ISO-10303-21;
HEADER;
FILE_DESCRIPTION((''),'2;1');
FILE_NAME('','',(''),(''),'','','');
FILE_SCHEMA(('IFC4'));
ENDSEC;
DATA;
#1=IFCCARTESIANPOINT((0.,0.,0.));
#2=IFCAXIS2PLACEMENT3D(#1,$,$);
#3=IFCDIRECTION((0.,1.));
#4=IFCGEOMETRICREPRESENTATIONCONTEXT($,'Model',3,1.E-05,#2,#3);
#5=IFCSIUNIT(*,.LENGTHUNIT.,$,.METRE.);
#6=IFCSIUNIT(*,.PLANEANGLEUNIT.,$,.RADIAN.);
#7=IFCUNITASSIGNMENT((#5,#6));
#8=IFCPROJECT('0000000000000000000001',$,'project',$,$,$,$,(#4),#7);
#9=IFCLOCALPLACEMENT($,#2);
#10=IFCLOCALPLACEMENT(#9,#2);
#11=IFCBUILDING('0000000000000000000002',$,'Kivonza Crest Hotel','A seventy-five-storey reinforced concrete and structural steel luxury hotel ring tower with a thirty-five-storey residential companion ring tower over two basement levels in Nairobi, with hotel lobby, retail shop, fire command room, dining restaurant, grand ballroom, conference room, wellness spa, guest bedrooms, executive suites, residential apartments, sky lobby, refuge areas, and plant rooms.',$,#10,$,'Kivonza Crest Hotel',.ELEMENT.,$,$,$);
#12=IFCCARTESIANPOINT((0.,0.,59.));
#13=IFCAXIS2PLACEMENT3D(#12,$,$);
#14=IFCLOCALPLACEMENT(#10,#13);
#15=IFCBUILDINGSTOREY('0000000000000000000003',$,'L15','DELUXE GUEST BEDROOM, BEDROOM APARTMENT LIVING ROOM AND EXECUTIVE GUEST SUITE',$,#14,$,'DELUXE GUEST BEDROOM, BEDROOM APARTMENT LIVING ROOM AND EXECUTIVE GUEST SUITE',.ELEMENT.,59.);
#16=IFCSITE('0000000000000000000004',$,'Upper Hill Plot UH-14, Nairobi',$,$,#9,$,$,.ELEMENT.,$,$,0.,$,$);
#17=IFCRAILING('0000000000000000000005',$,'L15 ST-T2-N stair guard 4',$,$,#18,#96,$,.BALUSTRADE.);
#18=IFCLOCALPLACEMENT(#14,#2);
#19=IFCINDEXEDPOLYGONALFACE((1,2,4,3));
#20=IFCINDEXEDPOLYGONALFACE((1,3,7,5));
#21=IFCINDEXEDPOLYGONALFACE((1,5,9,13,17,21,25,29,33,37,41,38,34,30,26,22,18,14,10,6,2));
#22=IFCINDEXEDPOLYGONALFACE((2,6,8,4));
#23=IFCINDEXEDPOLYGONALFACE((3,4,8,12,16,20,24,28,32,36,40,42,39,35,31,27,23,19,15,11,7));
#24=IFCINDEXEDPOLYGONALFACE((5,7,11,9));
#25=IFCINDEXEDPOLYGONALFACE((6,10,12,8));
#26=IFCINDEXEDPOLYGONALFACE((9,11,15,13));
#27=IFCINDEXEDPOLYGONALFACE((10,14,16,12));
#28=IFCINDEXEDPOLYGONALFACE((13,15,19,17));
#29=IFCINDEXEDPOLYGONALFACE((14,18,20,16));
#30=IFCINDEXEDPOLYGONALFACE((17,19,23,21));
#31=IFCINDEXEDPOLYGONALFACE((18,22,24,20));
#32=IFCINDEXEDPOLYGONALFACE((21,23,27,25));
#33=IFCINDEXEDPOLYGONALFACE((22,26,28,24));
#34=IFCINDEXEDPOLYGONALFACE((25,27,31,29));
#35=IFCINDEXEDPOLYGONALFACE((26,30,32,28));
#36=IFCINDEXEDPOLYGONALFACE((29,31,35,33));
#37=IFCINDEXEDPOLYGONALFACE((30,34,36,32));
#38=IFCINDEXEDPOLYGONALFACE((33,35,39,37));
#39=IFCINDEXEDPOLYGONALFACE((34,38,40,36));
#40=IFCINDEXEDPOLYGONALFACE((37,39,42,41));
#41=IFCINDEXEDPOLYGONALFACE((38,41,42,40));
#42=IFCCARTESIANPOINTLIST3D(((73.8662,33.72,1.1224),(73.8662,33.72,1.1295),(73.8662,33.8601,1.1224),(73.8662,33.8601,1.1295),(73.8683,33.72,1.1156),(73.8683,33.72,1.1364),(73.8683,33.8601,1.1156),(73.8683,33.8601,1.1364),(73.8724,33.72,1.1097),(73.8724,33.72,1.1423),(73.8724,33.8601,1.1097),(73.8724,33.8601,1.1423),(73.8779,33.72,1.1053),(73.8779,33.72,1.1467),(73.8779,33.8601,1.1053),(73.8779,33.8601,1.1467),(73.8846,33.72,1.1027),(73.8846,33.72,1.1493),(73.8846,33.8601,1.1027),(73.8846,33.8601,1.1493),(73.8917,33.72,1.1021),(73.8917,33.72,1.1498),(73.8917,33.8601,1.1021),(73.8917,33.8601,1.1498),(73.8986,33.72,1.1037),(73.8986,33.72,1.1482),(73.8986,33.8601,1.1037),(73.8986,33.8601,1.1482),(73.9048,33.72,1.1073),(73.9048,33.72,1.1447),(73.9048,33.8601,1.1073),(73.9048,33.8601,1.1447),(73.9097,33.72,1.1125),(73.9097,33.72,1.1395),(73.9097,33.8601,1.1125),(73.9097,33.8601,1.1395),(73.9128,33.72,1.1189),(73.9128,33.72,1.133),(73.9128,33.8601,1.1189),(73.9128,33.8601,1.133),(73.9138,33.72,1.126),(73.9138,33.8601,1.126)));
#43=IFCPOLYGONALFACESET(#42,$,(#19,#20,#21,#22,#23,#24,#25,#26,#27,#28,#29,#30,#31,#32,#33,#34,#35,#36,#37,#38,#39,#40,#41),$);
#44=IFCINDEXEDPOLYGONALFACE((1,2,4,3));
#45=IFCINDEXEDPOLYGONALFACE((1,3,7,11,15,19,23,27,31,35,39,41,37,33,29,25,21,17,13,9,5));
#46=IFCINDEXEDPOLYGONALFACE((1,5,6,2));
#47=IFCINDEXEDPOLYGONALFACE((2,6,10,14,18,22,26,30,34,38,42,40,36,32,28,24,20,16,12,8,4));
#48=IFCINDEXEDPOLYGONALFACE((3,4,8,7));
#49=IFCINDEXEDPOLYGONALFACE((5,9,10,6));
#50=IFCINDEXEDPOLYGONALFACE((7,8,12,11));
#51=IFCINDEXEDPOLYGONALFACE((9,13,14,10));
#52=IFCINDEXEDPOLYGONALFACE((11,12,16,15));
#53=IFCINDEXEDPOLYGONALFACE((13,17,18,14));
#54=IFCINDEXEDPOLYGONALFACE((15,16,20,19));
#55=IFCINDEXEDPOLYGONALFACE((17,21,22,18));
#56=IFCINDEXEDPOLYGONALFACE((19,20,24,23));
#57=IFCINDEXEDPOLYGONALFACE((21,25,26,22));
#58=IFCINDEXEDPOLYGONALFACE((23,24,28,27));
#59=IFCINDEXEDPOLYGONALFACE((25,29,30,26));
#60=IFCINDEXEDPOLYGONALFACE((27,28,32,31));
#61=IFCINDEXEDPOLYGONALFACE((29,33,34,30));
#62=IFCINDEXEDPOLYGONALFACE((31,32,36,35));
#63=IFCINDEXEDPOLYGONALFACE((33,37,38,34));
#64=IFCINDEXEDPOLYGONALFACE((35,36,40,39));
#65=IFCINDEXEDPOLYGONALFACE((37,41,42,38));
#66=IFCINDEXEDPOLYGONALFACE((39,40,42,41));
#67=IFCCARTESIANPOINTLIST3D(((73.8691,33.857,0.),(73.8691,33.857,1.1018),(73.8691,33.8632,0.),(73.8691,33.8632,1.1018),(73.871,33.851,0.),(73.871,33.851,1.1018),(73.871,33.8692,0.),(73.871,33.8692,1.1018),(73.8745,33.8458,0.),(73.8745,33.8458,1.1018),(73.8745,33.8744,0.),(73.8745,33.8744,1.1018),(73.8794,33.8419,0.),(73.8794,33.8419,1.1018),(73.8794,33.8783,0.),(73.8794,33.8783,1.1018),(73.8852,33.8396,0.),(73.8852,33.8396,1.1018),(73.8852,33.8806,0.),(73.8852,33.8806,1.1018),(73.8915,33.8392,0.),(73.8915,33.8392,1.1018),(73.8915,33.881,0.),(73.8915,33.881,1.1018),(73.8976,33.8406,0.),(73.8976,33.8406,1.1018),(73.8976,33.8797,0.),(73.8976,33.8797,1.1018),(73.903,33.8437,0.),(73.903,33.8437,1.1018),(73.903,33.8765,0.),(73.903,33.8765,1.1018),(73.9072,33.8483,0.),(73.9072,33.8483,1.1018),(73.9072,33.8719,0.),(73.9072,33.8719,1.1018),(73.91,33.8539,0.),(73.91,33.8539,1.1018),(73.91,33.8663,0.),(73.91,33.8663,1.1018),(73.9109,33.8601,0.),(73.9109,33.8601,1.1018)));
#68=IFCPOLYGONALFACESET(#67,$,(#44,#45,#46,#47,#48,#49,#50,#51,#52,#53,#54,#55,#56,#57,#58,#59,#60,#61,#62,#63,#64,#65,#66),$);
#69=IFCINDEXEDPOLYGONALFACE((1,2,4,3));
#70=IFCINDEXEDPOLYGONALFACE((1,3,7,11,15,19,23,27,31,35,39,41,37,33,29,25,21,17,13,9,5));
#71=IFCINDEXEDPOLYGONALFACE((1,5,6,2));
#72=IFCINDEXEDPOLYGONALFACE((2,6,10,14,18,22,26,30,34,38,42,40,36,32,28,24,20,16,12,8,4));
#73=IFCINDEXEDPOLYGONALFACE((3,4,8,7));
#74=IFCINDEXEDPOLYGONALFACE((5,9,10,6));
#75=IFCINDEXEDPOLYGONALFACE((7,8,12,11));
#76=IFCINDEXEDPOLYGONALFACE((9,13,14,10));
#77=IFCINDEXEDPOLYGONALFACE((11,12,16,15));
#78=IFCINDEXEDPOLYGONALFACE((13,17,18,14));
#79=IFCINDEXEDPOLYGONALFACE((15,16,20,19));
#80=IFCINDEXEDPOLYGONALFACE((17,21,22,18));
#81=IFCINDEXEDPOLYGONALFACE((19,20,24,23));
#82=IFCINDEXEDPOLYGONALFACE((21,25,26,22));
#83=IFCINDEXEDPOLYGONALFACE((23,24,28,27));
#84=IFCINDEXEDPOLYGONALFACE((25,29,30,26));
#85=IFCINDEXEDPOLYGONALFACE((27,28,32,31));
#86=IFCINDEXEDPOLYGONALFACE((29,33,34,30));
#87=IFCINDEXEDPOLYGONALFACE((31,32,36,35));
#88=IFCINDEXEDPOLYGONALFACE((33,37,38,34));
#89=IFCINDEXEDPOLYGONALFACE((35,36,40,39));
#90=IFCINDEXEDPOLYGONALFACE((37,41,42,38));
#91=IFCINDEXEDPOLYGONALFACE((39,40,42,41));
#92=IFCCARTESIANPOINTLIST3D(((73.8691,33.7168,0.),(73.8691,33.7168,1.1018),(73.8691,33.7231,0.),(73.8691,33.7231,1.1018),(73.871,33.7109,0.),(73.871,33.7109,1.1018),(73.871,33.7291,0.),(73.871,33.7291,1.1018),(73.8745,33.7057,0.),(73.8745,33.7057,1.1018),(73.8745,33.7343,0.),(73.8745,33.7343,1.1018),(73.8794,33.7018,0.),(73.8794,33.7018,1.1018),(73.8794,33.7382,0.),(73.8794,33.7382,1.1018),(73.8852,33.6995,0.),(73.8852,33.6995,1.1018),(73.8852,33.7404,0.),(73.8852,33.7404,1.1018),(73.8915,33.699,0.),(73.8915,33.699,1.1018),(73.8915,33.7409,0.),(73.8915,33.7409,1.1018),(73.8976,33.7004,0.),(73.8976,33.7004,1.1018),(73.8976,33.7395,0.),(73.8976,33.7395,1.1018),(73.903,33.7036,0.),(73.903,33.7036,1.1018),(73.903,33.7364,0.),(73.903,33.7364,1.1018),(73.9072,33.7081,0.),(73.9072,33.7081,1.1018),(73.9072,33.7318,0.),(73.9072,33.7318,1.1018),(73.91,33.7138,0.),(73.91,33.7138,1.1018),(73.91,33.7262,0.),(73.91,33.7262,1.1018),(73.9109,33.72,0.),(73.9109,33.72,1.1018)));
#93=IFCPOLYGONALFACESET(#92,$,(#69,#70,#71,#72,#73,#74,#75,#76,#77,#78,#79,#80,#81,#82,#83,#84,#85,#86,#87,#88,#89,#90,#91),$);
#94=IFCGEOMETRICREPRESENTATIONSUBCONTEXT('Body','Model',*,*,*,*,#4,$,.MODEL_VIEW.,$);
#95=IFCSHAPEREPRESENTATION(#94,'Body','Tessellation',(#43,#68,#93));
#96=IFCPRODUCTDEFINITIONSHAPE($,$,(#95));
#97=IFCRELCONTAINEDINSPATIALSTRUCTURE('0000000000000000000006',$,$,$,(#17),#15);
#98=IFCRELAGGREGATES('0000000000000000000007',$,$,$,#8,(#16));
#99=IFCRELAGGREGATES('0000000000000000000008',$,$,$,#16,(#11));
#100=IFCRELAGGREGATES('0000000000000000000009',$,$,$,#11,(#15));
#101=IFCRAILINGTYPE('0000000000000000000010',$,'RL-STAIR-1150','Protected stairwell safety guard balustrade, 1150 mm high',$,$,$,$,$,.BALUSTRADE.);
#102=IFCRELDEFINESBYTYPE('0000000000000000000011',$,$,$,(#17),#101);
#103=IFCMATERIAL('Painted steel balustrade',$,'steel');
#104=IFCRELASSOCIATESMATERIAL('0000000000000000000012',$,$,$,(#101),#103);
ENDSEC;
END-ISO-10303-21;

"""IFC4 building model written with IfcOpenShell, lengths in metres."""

from ifc_helpers import new_model, si_unit, direction, frame, origin, origin_2d, place, context, subcontext, project, spatial, circle, extrude, material, type_object, element, save


model = new_model("IFC4")

# Units and contexts
model_context = context("Model", 3, precision=1e-05, world=origin(), true_north=direction((0.0, 1.0)))
body_context = subcontext(model_context, "Body", "Model", "MODEL_VIEW")
ifc_project = project(units=[si_unit("LENGTHUNIT", "METRE"), si_unit("PLANEANGLEUNIT", "RADIAN")], contexts=[model_context])

# Site, building, storey
site_placement = place(None, origin())
site = spatial("IfcSite", under=ifc_project, at=site_placement, Name="Upper Hill Plot UH-14, Nairobi", CompositionType="ELEMENT", RefElevation=0.0)
building_placement = place(site_placement, origin())
building = spatial("IfcBuilding", under=site, at=building_placement, Name="Kivonza Crest Hotel", Description="A seventy-five-storey reinforced concrete and structural steel luxury hotel ring tower with a thirty-five-storey residential companion ring tower over two basement levels in Nairobi, with hotel lobby, retail shop, fire command room, dining restaurant, grand ballroom, conference room, wellness spa, guest bedrooms, executive suites, residential apartments, sky lobby, refuge areas, and plant rooms.", LongName="Kivonza Crest Hotel", CompositionType="ELEMENT")
storey_placement = place(building_placement, frame((0.0, 0.0, 59.0)))
storey = spatial("IfcBuildingStorey", under=building, at=storey_placement, Name="L15", Description="DELUXE GUEST BEDROOM, BEDROOM APARTMENT LIVING ROOM AND EXECUTIVE GUEST SUITE", LongName="DELUXE GUEST BEDROOM, BEDROOM APARTMENT LIVING ROOM AND EXECUTIVE GUEST SUITE", CompositionType="ELEMENT", Elevation=59.0)

# Railing
ifc_material_1 = material(Name="Painted steel balustrade", Category="steel")
railing_type = type_object("IfcRailingType", Name="RL-STAIR-1150", Description="Protected stairwell safety guard balustrade, 1150 mm high", PredefinedType="BALUSTRADE", material=ifc_material_1)
railing_1_placement = place(storey_placement, frame((73.8899, 33.8601, 0.0)))
element("IfcRailing", 1, at=railing_1_placement, inside=storey, type_object=railing_type, Name="L15 ST-T2-N stair guard 4", PredefinedType="BALUSTRADE", context=body_context, shape_type="SweptSolid", body=[
    extrude(circle(Radius=0.0239, at=origin_2d()), frame((0.0, 0.0, 1.126), z_axis=(0.0, -1.0, 0.0), x_axis=(1.0, 0.0, 0.0)), (0.0, 0.0, 1.0), 0.1401),
    extrude(circle(Radius=0.021, at=origin_2d()), origin(), (0.0, 0.0, 1.0), 1.1018),
    extrude(circle(Radius=0.021, at=origin_2d()), frame((0.0, -0.1401, 0.0)), (0.0, 0.0, 1.0), 1.1018),
])

save(model, "model.ifc")
